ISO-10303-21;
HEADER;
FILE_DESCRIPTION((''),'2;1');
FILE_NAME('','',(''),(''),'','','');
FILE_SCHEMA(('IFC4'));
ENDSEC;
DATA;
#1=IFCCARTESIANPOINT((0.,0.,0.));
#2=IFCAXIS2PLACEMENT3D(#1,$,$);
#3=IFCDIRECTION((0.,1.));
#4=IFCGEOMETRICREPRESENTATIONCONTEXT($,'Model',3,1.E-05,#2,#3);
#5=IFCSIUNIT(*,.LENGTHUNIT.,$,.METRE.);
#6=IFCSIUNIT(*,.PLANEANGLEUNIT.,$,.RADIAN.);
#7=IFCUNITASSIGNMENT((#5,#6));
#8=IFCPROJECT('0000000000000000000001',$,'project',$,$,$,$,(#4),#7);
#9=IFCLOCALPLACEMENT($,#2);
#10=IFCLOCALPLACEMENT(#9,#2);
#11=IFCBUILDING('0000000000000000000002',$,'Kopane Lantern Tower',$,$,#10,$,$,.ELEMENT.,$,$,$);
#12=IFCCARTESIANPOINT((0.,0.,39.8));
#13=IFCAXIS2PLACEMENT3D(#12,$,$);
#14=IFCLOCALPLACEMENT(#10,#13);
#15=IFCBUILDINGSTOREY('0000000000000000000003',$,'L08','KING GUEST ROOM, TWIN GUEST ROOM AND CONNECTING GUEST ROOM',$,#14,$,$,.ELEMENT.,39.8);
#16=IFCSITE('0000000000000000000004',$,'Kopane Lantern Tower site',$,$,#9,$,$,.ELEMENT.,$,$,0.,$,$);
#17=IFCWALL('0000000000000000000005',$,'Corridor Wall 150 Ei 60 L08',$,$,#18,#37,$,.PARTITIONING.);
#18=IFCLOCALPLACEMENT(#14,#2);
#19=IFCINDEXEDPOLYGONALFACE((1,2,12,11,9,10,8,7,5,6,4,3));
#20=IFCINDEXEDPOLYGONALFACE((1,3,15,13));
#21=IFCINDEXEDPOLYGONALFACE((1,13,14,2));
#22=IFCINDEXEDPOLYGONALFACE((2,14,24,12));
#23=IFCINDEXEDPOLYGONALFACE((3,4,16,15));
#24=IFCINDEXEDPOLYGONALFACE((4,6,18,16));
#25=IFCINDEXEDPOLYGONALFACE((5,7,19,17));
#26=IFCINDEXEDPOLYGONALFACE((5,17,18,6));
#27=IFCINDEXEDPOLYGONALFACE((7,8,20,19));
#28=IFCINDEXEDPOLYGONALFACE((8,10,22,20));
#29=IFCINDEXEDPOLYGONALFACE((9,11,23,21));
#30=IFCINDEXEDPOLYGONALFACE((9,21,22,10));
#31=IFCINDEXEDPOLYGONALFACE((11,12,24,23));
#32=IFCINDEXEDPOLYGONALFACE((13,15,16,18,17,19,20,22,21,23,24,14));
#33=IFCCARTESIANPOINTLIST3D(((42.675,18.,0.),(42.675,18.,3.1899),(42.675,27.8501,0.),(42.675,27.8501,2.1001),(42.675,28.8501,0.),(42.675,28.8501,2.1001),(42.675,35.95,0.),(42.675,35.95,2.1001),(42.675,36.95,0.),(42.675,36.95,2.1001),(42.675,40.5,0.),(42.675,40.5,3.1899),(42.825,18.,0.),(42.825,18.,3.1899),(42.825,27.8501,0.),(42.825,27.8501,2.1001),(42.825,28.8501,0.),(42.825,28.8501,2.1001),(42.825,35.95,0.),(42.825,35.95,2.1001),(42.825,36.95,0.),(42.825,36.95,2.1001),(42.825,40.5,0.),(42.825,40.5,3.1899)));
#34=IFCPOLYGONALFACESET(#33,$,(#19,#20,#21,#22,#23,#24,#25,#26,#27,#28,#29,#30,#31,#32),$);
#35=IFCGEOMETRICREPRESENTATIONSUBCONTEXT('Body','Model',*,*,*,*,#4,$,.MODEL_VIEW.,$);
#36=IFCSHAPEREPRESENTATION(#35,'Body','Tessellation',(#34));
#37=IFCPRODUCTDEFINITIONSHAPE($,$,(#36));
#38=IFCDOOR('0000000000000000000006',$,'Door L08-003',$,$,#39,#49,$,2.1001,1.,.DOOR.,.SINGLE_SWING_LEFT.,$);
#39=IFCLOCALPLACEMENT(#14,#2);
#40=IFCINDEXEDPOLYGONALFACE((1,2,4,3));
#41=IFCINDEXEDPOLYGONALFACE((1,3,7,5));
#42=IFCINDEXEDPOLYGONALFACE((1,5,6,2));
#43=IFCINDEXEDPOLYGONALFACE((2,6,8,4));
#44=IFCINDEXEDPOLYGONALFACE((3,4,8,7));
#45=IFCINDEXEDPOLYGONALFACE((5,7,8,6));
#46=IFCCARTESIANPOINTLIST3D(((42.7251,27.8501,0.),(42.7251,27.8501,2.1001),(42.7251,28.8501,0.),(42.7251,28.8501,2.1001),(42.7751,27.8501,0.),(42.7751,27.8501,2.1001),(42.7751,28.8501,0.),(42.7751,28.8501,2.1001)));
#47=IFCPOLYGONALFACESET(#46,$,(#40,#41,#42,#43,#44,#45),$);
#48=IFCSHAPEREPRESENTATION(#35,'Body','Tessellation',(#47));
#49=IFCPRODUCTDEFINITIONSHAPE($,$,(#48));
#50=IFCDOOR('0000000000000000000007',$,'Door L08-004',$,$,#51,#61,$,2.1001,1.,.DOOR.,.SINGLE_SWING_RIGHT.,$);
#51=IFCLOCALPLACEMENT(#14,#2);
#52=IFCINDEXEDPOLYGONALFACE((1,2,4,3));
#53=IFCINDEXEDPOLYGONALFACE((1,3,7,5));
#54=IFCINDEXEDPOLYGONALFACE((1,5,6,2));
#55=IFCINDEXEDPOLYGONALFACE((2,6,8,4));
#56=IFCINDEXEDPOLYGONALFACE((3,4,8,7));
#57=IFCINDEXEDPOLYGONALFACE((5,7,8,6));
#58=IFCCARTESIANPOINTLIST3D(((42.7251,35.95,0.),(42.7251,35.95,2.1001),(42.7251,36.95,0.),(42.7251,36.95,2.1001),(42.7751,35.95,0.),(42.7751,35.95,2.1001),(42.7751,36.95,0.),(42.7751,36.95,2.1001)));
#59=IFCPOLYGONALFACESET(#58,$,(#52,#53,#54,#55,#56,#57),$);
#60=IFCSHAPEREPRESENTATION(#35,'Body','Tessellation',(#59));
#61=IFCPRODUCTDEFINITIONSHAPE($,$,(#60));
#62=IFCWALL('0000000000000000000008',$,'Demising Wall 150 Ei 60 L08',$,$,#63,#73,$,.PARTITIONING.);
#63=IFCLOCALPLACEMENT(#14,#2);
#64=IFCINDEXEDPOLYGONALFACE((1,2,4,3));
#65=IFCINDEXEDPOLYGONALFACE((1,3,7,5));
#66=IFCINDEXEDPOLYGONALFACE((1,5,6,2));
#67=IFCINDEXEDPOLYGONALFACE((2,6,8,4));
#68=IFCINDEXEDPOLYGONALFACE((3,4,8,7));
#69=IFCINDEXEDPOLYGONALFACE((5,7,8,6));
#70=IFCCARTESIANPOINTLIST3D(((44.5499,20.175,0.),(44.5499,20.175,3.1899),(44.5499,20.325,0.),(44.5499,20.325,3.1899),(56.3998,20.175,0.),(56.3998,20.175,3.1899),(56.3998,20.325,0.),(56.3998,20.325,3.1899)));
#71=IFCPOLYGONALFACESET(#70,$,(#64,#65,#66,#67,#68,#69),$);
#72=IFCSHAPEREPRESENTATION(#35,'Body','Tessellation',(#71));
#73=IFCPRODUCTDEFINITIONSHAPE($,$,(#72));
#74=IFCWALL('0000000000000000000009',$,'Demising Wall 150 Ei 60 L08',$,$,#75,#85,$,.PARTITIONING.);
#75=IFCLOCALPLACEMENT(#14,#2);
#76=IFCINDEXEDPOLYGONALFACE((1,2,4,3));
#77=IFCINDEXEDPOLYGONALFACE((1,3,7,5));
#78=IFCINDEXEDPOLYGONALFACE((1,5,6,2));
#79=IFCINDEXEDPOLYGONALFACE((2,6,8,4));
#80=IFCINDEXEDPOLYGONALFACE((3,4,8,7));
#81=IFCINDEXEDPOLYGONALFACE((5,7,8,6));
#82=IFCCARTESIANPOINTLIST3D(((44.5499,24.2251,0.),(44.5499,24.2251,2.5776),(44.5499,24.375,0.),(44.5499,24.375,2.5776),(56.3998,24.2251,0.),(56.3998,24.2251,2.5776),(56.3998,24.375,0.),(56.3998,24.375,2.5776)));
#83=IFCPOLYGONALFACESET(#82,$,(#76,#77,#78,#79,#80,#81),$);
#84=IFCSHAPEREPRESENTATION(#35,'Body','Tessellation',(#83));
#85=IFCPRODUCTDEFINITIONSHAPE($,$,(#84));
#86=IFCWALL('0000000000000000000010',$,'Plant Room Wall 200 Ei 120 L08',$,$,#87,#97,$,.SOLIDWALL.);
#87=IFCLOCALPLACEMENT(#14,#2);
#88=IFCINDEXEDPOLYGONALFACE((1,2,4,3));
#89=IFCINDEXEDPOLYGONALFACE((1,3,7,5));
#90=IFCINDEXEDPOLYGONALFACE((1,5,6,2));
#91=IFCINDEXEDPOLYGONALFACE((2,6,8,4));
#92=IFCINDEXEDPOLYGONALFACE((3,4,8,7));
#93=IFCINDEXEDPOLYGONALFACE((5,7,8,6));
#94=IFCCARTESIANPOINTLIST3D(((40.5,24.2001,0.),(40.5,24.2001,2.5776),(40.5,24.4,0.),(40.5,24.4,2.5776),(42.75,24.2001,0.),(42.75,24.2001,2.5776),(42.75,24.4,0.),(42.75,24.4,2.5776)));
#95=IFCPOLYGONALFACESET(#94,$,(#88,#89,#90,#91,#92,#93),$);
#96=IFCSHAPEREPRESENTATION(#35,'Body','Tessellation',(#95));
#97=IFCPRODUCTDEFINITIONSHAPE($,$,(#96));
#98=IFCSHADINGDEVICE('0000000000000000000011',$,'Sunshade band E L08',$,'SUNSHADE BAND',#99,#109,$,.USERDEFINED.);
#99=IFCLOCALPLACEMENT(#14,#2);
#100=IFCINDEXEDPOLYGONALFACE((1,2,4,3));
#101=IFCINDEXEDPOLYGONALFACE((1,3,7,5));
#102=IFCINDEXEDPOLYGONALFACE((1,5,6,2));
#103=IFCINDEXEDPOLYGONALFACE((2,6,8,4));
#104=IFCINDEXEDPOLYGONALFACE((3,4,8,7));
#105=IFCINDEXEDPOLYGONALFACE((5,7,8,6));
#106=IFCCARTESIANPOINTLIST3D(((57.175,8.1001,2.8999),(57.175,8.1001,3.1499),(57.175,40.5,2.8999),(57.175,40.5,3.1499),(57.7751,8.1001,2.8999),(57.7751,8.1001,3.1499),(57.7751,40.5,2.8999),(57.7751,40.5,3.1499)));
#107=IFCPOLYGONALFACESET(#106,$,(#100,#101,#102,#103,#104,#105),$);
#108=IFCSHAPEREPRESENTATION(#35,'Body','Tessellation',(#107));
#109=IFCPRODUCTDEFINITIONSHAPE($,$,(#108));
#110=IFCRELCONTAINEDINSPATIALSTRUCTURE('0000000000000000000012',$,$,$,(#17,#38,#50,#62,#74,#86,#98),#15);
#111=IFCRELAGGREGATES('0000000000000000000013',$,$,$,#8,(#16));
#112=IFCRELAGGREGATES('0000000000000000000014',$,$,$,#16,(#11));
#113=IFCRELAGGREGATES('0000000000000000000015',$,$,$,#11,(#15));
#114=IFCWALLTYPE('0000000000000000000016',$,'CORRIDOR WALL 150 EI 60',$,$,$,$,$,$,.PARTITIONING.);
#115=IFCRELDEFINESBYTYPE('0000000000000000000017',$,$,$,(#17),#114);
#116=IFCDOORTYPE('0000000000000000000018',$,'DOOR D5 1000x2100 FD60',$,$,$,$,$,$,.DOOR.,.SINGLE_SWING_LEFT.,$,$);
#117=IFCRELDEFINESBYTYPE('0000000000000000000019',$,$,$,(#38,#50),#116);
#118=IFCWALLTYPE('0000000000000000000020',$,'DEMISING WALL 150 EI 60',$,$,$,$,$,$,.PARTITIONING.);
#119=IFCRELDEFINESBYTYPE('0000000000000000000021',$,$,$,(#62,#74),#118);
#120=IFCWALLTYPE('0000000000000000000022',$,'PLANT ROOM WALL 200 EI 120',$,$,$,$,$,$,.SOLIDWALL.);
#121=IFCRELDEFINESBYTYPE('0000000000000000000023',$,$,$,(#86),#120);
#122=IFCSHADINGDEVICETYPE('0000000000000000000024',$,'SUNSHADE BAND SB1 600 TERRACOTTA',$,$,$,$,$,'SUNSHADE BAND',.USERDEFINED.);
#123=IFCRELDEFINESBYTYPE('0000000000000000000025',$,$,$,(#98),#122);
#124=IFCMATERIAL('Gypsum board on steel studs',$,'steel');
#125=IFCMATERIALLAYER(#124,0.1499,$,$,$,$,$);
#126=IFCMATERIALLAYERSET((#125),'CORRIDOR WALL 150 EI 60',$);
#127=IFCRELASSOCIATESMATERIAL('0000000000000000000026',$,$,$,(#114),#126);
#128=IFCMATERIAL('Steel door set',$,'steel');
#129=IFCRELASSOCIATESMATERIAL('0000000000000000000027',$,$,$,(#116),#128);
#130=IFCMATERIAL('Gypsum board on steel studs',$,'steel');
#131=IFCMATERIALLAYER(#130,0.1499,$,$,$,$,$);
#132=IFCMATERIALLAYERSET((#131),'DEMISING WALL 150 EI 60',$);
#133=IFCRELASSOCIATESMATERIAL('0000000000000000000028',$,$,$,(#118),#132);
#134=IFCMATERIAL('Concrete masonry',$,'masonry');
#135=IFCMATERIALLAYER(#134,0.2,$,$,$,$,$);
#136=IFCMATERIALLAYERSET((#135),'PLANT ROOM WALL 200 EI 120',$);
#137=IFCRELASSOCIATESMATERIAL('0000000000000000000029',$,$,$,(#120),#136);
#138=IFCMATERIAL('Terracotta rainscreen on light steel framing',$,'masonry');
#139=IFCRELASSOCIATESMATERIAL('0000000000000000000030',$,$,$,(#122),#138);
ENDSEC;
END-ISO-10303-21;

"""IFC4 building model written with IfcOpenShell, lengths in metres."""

from ifc_helpers import new_model, si_unit, direction, frame, frame_2d, origin, origin_2d, place, context, subcontext, project, spatial, rectangle, extrude, material, layer, layer_set, type_object, element, fill, save


model = new_model("IFC4")

# Units and contexts
model_context = context("Model", 3, precision=1e-05, world=origin(), true_north=direction((0.0, 1.0)))
body_context = subcontext(model_context, "Body", "Model", "MODEL_VIEW")
ifc_project = project(units=[si_unit("LENGTHUNIT", "METRE"), si_unit("PLANEANGLEUNIT", "RADIAN")], contexts=[model_context])

# Site, building, storey
site_placement = place(None, origin())
site = spatial("IfcSite", under=ifc_project, at=site_placement, Name="Kopane Lantern Tower site", CompositionType="ELEMENT", RefElevation=0.0)
building_placement = place(site_placement, origin())
building = spatial("IfcBuilding", under=site, at=building_placement, Name="Kopane Lantern Tower", CompositionType="ELEMENT")
storey_placement = place(building_placement, frame((0.0, 0.0, 39.8)))
storey = spatial("IfcBuildingStorey", under=building, at=storey_placement, Name="L08", Description="KING GUEST ROOM, TWIN GUEST ROOM AND CONNECTING GUEST ROOM", CompositionType="ELEMENT", Elevation=39.8)

# Wall, openings, doors
ifc_material_1 = material(Name="Gypsum board on steel studs", Category="steel")
ifc_layer_1 = layer(ifc_material_1, 0.1499)
ifc_layer_set_1 = layer_set([ifc_layer_1], Name="CORRIDOR WALL 150 EI 60")
wall_type_1 = type_object("IfcWallType", Name="CORRIDOR WALL 150 EI 60", PredefinedType="PARTITIONING", material=ifc_layer_set_1)
wall_1_placement = place(storey_placement, frame((42.75, 18.0, 0.0), z_axis=(0.0, 0.0, 1.0), x_axis=(0.0, 1.0, 0.0)))
wall_1 = element("IfcWall", 1, at=wall_1_placement, inside=storey, type_object=wall_type_1, Name="Corridor Wall 150 Ei 60 L08", PredefinedType="PARTITIONING", context=body_context, shape_type="SweptSolid", body=[
    extrude(rectangle(XDim=22.5, YDim=0.1499, at=frame_2d((11.25, 0.0))), origin(), (0.0, 0.0, 1.0), 3.1899),
])
opening_1_placement = place(wall_1_placement, frame((9.8501, 0.0, 0.0)))
opening_1 = element("IfcOpeningElement", 2, at=opening_1_placement, cuts=wall_1, PredefinedType="OPENING", context=body_context, shape_type="SweptSolid", body=[
    extrude(rectangle(XDim=1.0, YDim=2.1001, at=frame_2d((0.5, 1.05))), frame((0.0, 0.085, 0.0), z_axis=(0.0, -1.0, 0.0), x_axis=(1.0, 0.0, 0.0)), (0.0, 0.0, 1.0), 0.1699),
])
opening_2_placement = place(wall_1_placement, frame((17.95, 0.0, 0.0)))
opening_2 = element("IfcOpeningElement", 3, at=opening_2_placement, cuts=wall_1, PredefinedType="OPENING", context=body_context, shape_type="SweptSolid", body=[
    extrude(rectangle(XDim=1.0, YDim=2.1001, at=frame_2d((0.5, 1.05))), frame((0.0, 0.085, 0.0), z_axis=(0.0, -1.0, 0.0), x_axis=(1.0, 0.0, 0.0)), (0.0, 0.0, 1.0), 0.1699),
])
ifc_material_2 = material(Name="Steel door set", Category="steel")
door_type_1 = type_object("IfcDoorType", Name="DOOR D5 1000x2100 FD60", OperationType="SINGLE_SWING_LEFT", PredefinedType="DOOR", material=ifc_material_2)
door_1_placement = place(opening_1_placement, origin())
door_1 = element("IfcDoor", 4, at=door_1_placement, inside=storey, type_object=door_type_1, Name="Door L08-003", OperationType="SINGLE_SWING_LEFT", OverallHeight=2.1001, OverallWidth=1.0, PredefinedType="DOOR", context=body_context, shape_type="SweptSolid", body=[
    extrude(rectangle(XDim=1.0, YDim=2.1001, at=frame_2d((0.5, 1.05))), frame((0.0, 0.0249, 0.0), z_axis=(0.0, -1.0, 0.0), x_axis=(1.0, 0.0, 0.0)), (0.0, 0.0, 1.0), 0.05),
])
fill(opening_1, door_1)
door_2_placement = place(opening_2_placement, origin())
door_2 = element("IfcDoor", 5, at=door_2_placement, inside=storey, type_object=door_type_1, Name="Door L08-004", OperationType="SINGLE_SWING_RIGHT", OverallHeight=2.1001, OverallWidth=1.0, PredefinedType="DOOR", context=body_context, shape_type="SweptSolid", body=[
    extrude(rectangle(XDim=1.0, YDim=2.1001, at=frame_2d((0.5, 1.05))), frame((0.0, 0.0249, 0.0), z_axis=(0.0, -1.0, 0.0), x_axis=(1.0, 0.0, 0.0)), (0.0, 0.0, 1.0), 0.05),
])
fill(opening_2, door_2)

# Walls
ifc_material_3 = material(Name="Gypsum board on steel studs", Category="steel")
ifc_layer_2 = layer(ifc_material_3, 0.1499)
ifc_layer_set_2 = layer_set([ifc_layer_2], Name="DEMISING WALL 150 EI 60")
wall_type_2 = type_object("IfcWallType", Name="DEMISING WALL 150 EI 60", PredefinedType="PARTITIONING", material=ifc_layer_set_2)
wall_2_placement = place(storey_placement, frame((44.55, 20.25, 0.0), z_axis=(0.0, 0.0, 1.0), x_axis=(1.0, 0.0, 0.0)))
element("IfcWall", 6, at=wall_2_placement, inside=storey, type_object=wall_type_2, Name="Demising Wall 150 Ei 60 L08", PredefinedType="PARTITIONING", context=body_context, shape_type="SweptSolid", body=[
    extrude(rectangle(XDim=11.8499, YDim=0.1499, at=frame_2d((5.9248, 0.0))), origin(), (0.0, 0.0, 1.0), 3.1899),
])
wall_3_placement = place(storey_placement, frame((44.55, 24.3, 0.0), z_axis=(0.0, 0.0, 1.0), x_axis=(1.0, 0.0, 0.0)))
element("IfcWall", 7, at=wall_3_placement, inside=storey, type_object=wall_type_2, Name="Demising Wall 150 Ei 60 L08", PredefinedType="PARTITIONING", context=body_context, shape_type="SweptSolid", body=[
    extrude(rectangle(XDim=11.8499, YDim=0.1499, at=frame_2d((5.9248, 0.0))), origin(), (0.0, 0.0, 1.0), 2.5776),
])
ifc_material_4 = material(Name="Concrete masonry", Category="masonry")
ifc_layer_3 = layer(ifc_material_4, 0.2)
ifc_layer_set_3 = layer_set([ifc_layer_3], Name="PLANT ROOM WALL 200 EI 120")
wall_type_3 = type_object("IfcWallType", Name="PLANT ROOM WALL 200 EI 120", PredefinedType="SOLIDWALL", material=ifc_layer_set_3)
wall_4_placement = place(storey_placement, frame((40.5, 24.3, 0.0), z_axis=(0.0, 0.0, 1.0), x_axis=(1.0, 0.0, 0.0)))
element("IfcWall", 8, at=wall_4_placement, inside=storey, type_object=wall_type_3, Name="Plant Room Wall 200 Ei 120 L08", PredefinedType="SOLIDWALL", context=body_context, shape_type="SweptSolid", body=[
    extrude(rectangle(XDim=2.25, YDim=0.2, at=frame_2d((1.125, 0.0))), origin(), (0.0, 0.0, 1.0), 2.5776),
])

# Shading device
ifc_material_5 = material(Name="Terracotta rainscreen on light steel framing", Category="masonry")
shading_device_type = type_object("IfcShadingDeviceType", Name="SUNSHADE BAND SB1 600 TERRACOTTA", ElementType="SUNSHADE BAND", PredefinedType="USERDEFINED", material=ifc_material_5)
shading_device_placement = place(storey_placement, frame((57.4751, 24.3, 2.8999), z_axis=(0.0, 0.0, 1.0), x_axis=(0.0, 1.0, 0.0)))
element("IfcShadingDevice", 9, at=shading_device_placement, inside=storey, type_object=shading_device_type, Name="Sunshade band E L08", ObjectType="SUNSHADE BAND", PredefinedType="USERDEFINED", context=body_context, shape_type="SweptSolid", body=[
    extrude(rectangle(XDim=32.3999, YDim=0.6001, at=origin_2d()), origin(), (0.0, 0.0, 1.0), 0.25),
])

save(model, "model.ifc")
